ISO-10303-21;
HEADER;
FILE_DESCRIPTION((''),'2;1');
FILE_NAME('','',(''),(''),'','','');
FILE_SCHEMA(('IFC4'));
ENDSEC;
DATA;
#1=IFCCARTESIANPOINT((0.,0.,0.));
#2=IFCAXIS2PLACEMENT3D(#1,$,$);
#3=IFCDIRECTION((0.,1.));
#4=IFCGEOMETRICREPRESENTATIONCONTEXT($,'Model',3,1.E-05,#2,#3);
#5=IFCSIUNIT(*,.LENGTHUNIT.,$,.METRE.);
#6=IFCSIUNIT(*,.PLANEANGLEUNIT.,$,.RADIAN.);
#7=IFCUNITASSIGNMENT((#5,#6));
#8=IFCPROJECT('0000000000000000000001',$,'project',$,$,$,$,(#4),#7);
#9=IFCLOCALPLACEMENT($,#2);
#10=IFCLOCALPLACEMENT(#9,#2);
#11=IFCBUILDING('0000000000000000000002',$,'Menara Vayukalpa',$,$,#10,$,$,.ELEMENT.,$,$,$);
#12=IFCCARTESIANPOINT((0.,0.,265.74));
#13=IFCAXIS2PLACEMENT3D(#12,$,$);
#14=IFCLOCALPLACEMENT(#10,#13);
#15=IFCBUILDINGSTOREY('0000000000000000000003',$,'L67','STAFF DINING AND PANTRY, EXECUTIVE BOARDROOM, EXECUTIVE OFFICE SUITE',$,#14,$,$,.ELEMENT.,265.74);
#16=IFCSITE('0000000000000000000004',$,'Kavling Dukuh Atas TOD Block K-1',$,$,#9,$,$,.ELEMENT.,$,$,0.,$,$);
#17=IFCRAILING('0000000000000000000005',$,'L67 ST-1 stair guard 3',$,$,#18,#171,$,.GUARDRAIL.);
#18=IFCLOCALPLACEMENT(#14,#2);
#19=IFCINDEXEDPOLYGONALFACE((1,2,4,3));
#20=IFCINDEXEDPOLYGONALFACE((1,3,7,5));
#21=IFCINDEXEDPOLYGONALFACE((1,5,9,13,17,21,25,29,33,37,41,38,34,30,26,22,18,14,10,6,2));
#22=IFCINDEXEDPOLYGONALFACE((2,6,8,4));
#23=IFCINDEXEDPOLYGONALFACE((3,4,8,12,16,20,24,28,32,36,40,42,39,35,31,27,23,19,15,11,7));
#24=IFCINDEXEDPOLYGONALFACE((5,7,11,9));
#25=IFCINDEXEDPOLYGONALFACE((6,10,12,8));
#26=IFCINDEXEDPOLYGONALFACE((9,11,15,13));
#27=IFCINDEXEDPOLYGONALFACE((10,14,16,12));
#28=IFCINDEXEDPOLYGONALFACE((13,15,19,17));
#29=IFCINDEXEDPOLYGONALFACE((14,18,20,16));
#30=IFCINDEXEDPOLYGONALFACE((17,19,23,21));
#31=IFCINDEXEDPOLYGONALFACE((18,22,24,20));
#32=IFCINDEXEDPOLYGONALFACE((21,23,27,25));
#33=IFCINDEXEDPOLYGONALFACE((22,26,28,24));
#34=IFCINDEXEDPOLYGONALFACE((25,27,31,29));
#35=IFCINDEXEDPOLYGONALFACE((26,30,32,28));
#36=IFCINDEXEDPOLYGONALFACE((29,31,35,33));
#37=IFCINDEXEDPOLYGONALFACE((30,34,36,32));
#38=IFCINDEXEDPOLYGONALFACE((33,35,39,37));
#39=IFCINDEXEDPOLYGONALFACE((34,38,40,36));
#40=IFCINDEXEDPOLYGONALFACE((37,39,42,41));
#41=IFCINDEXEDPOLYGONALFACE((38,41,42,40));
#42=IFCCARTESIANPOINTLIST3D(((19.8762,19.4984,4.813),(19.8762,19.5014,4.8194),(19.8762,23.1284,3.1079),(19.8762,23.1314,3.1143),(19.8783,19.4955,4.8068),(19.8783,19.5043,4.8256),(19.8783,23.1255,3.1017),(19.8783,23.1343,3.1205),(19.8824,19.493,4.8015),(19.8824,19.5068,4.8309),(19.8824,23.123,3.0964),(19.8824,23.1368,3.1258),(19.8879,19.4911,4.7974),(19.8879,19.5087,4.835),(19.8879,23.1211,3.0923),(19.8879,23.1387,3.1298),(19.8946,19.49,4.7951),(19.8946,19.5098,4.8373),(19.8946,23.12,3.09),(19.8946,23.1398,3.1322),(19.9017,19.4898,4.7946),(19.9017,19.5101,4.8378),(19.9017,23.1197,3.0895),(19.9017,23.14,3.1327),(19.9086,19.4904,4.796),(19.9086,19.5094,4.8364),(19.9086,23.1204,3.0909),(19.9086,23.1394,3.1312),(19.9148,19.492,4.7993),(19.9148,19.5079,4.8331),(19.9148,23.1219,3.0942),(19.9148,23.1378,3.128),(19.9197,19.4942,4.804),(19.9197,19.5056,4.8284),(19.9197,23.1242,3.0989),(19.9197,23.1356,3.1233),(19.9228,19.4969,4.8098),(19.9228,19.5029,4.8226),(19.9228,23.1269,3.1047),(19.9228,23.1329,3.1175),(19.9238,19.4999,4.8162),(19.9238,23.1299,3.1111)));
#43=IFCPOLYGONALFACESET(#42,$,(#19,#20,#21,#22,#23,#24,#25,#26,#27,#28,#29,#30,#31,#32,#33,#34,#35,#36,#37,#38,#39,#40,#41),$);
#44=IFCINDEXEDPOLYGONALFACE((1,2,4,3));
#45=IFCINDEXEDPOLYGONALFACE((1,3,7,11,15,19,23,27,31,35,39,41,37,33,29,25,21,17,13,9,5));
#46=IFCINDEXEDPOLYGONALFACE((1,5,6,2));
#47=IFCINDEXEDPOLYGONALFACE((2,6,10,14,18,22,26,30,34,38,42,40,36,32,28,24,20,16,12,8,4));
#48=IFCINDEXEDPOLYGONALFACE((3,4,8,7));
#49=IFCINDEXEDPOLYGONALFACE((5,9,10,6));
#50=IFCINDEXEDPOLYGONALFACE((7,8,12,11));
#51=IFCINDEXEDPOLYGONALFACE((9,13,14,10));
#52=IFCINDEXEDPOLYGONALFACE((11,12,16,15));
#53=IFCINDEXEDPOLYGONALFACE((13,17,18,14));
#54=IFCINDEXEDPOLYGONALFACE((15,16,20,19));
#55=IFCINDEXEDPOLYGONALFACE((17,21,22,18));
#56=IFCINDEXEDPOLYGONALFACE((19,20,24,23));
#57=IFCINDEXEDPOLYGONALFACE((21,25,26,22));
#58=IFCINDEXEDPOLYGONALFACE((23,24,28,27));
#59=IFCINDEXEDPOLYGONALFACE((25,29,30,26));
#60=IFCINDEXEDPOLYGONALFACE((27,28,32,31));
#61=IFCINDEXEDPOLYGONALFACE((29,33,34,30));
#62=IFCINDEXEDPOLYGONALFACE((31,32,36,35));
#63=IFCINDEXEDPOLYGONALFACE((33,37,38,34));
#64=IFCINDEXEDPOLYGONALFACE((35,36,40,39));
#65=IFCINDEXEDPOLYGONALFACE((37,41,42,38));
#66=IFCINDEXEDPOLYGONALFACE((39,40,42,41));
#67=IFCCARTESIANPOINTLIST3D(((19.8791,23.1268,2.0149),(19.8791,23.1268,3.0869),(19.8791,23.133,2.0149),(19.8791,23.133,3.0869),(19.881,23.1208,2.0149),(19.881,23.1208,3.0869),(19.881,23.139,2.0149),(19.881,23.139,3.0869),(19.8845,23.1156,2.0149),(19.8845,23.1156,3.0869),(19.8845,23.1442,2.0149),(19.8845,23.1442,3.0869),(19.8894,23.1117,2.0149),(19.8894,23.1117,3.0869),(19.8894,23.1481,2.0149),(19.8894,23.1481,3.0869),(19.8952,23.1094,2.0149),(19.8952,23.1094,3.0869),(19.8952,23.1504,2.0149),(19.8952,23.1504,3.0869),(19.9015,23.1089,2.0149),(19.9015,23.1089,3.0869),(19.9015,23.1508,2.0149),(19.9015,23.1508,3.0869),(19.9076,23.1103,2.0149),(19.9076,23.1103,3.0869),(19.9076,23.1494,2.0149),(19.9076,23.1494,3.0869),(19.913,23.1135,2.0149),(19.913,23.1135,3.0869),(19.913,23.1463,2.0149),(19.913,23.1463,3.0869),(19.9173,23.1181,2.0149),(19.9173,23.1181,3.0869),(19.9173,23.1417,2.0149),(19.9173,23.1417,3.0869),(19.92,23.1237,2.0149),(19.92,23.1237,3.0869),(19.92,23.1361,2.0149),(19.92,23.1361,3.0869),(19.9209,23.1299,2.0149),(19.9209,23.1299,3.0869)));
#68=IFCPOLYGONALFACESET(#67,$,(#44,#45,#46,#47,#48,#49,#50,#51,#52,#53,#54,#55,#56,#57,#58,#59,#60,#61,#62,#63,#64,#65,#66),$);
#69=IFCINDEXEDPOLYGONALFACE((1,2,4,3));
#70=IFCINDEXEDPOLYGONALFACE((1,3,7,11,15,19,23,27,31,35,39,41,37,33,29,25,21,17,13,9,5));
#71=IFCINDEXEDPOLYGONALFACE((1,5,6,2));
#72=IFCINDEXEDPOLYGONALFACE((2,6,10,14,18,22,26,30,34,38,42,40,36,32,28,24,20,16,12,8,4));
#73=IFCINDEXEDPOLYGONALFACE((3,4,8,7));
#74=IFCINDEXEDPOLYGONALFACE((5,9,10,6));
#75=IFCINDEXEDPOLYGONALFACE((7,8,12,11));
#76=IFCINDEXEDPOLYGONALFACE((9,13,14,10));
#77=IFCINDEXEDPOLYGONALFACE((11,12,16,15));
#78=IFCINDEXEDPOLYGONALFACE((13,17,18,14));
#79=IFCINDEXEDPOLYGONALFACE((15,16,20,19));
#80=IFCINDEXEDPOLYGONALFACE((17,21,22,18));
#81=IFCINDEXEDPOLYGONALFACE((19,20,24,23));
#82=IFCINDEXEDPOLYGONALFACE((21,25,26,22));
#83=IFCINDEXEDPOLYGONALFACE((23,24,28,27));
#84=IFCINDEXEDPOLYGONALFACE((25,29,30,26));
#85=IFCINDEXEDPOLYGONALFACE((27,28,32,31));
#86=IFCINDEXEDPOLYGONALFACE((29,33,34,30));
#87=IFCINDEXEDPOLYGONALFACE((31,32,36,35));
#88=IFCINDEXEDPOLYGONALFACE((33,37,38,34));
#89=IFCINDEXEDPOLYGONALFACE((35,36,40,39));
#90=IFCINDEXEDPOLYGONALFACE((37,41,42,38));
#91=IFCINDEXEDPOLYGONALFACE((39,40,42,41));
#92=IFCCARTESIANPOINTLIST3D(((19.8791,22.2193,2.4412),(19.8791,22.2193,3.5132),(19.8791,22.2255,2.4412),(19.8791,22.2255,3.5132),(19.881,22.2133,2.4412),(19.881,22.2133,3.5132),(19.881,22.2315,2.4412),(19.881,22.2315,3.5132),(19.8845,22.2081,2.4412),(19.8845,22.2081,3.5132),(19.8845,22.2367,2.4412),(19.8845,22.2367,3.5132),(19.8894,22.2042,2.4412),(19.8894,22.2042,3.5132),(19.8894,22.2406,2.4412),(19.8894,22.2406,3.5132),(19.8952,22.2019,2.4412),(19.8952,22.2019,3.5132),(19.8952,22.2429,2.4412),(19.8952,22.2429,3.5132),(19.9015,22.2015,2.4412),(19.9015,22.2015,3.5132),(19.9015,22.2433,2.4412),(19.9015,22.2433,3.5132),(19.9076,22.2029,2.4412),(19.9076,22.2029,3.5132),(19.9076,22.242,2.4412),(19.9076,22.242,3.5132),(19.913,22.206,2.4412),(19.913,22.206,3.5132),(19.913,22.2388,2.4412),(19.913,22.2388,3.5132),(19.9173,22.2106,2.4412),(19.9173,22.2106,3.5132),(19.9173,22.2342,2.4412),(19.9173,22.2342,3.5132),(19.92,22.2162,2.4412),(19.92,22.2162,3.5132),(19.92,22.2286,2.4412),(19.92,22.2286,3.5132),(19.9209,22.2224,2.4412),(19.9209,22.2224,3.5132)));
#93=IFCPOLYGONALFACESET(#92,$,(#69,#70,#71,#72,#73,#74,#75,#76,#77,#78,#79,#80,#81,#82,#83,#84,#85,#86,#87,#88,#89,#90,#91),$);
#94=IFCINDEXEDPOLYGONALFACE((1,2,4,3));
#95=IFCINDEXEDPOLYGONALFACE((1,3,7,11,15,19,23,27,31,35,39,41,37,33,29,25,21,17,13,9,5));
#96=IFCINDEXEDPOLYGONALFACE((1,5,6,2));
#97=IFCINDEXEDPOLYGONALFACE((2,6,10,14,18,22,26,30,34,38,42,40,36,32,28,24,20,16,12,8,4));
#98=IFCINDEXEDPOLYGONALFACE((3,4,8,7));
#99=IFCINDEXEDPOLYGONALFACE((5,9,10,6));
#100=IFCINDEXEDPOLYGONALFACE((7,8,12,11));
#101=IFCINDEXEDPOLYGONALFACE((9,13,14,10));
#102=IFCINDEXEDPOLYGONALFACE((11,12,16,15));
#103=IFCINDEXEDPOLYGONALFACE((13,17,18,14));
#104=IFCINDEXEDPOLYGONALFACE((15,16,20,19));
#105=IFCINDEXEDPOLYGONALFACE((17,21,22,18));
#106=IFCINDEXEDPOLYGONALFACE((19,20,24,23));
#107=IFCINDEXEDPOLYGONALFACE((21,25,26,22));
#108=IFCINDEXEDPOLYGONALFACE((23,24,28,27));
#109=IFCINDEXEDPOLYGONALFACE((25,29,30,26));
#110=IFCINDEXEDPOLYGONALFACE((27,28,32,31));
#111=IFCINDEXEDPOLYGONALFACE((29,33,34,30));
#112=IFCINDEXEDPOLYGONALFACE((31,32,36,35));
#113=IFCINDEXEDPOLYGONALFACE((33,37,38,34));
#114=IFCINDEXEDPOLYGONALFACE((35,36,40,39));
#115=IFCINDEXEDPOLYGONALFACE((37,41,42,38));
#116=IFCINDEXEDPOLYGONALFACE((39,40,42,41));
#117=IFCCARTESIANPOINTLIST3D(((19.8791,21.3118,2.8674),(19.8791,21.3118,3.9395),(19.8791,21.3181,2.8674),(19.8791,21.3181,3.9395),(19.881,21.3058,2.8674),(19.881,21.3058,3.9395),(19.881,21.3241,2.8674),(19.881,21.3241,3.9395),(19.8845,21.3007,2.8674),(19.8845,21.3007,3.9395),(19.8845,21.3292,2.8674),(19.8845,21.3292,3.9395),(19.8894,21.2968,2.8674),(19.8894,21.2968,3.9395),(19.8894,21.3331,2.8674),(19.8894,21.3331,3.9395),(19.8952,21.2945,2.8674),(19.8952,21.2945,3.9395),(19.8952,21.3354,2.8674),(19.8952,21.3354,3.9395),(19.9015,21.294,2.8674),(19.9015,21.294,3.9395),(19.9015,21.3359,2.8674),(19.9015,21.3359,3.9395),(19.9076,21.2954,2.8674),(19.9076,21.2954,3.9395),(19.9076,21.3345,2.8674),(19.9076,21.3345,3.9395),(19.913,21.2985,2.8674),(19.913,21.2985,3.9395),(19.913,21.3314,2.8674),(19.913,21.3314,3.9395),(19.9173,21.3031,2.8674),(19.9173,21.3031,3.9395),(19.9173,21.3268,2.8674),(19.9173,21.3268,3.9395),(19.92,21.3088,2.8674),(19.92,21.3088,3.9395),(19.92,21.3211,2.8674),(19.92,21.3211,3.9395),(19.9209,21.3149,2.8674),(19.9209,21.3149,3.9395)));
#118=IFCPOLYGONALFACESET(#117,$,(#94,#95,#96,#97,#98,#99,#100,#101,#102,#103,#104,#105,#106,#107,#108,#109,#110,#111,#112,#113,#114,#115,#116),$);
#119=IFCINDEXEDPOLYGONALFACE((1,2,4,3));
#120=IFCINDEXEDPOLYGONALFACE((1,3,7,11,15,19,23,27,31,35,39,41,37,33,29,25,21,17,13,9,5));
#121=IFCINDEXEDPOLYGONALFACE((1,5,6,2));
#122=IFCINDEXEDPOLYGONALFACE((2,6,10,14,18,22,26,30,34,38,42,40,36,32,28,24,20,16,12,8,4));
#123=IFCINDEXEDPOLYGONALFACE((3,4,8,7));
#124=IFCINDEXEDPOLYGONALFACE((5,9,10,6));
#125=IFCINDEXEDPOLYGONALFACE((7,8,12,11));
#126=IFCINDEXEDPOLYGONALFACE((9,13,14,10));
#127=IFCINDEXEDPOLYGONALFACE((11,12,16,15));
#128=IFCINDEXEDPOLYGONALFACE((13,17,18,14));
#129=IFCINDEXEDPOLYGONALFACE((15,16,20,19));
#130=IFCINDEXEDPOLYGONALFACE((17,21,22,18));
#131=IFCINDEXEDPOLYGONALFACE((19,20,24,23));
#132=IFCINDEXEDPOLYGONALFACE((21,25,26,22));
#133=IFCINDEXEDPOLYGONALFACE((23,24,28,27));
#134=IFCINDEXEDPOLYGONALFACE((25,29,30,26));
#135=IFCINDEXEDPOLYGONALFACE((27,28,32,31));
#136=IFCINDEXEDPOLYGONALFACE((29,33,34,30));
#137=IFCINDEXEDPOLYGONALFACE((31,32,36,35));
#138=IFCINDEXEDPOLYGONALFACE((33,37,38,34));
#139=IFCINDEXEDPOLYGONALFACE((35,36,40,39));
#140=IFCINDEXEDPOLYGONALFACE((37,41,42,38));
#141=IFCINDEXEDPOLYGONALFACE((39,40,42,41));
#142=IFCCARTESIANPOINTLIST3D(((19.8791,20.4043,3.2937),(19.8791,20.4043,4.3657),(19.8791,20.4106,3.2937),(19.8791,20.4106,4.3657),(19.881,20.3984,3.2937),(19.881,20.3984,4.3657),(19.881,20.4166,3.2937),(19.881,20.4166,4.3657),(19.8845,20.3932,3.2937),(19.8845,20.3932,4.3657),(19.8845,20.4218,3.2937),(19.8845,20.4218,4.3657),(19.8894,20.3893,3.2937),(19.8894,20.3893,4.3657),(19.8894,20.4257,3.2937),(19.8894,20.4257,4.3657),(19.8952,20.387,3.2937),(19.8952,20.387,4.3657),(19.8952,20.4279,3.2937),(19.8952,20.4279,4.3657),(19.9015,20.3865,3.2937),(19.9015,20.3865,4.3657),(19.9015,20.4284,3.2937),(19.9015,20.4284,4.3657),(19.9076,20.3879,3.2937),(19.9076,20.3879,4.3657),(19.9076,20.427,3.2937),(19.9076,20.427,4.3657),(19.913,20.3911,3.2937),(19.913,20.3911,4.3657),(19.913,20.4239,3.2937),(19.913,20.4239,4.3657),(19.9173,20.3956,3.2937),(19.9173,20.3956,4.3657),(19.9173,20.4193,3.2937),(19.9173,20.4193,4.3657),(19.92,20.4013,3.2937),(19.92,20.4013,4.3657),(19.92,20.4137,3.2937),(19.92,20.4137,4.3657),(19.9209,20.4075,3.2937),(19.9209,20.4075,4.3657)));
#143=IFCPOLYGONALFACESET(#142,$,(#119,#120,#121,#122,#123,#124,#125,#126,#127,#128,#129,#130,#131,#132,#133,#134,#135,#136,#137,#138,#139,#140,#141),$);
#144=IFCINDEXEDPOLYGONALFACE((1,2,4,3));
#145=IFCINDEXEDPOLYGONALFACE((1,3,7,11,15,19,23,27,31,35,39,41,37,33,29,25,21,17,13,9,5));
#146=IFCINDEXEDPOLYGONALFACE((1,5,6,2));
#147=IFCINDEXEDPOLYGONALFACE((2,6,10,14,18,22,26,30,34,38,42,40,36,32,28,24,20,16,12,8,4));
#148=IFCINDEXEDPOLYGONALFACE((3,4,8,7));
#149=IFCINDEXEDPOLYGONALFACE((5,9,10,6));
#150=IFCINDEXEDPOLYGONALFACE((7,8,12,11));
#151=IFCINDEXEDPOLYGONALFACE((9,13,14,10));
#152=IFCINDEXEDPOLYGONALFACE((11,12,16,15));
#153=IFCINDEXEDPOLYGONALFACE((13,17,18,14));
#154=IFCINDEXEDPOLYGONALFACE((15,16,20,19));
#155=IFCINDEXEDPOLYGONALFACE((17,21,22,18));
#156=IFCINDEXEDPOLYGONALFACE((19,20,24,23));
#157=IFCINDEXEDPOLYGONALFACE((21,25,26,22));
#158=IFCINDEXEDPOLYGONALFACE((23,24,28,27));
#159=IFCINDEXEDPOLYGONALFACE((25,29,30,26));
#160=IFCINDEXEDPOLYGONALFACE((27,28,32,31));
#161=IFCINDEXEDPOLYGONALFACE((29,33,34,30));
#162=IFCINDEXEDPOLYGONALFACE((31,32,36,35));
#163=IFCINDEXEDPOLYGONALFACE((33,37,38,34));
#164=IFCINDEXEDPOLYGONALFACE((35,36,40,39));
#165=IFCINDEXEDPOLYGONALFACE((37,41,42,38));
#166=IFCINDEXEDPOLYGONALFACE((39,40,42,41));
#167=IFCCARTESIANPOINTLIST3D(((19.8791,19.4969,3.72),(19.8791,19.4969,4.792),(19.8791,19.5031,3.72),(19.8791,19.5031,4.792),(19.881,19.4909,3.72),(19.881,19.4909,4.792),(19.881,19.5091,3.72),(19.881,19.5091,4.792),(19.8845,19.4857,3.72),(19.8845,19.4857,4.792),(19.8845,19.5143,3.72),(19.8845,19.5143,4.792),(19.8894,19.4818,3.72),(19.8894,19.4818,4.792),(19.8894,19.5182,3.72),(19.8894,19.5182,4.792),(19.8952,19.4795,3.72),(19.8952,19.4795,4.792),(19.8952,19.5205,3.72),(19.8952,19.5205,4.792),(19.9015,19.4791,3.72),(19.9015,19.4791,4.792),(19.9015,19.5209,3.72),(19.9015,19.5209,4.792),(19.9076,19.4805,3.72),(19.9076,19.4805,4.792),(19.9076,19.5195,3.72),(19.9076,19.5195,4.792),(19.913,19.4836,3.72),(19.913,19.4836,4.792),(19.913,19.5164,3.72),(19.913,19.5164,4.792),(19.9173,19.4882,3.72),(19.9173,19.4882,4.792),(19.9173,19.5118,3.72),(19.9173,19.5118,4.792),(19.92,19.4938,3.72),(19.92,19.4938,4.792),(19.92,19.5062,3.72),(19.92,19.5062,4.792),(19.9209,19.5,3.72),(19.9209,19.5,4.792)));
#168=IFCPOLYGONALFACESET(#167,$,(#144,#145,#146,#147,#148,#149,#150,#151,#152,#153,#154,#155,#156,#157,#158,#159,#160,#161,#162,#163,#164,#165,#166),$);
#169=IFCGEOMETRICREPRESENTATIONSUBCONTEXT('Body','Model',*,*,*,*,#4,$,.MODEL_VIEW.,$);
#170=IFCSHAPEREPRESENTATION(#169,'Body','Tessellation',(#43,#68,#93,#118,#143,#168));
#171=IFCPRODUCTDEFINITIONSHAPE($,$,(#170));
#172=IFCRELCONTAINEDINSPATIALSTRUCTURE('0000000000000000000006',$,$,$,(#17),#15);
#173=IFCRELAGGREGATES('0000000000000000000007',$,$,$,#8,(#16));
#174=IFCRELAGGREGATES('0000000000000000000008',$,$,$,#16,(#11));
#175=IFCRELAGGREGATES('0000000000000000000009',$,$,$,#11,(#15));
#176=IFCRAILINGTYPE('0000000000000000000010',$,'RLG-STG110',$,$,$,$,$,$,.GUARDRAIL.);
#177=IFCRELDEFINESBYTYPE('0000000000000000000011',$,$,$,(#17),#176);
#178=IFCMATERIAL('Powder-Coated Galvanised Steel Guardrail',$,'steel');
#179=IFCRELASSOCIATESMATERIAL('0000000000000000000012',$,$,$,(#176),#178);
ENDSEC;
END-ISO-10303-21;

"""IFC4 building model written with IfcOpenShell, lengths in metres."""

from ifc_helpers import new_model, si_unit, direction, frame, origin, origin_2d, place, context, subcontext, project, spatial, circle, extrude, material, type_object, element, save


model = new_model("IFC4")

# Units and contexts
model_context = context("Model", 3, precision=1e-05, world=origin(), true_north=direction((0.0, 1.0)))
body_context = subcontext(model_context, "Body", "Model", "MODEL_VIEW")
ifc_project = project(units=[si_unit("LENGTHUNIT", "METRE"), si_unit("PLANEANGLEUNIT", "RADIAN")], contexts=[model_context])

# Site, building, storey
site_placement = place(None, origin())
site = spatial("IfcSite", under=ifc_project, at=site_placement, Name="Kavling Dukuh Atas TOD Block K-1", CompositionType="ELEMENT", RefElevation=0.0)
building_placement = place(site_placement, origin())
building = spatial("IfcBuilding", under=site, at=building_placement, Name="Menara Vayukalpa", CompositionType="ELEMENT")
storey_placement = place(building_placement, frame((0.0, 0.0, 265.74)))
storey = spatial("IfcBuildingStorey", under=building, at=storey_placement, Name="L67", Description="STAFF DINING AND PANTRY, EXECUTIVE BOARDROOM, EXECUTIVE OFFICE SUITE", CompositionType="ELEMENT", Elevation=265.74)

# Railing
ifc_material_1 = material(Name="Powder-Coated Galvanised Steel Guardrail", Category="steel")
railing_type_1 = type_object("IfcRailingType", Name="RLG-STG110", PredefinedType="GUARDRAIL", material=ifc_material_1)
railing_1_placement = place(storey_placement, frame((19.8999, 23.1299, 2.0149)))
element("IfcRailing", 1, at=railing_1_placement, inside=storey, type_object=railing_type_1, Name="L67 ST-1 stair guard 3", PredefinedType="GUARDRAIL", context=body_context, shape_type="SweptSolid", body=[
    extrude(circle(Radius=0.0239, at=origin_2d()), frame((0.0, 0.0, 1.0962), z_axis=(0.0, -0.905116, 0.425164), x_axis=(1.0, 0.0, 0.0)), (0.0, 0.0, 1.0), 4.0105),
    extrude(circle(Radius=0.021, at=origin_2d()), origin(), (0.0, 0.0, 1.0), 1.072),
    extrude(circle(Radius=0.021, at=origin_2d()), frame((0.0, -0.9075, 0.4263)), (0.0, 0.0, 1.0), 1.072),
    extrude(circle(Radius=0.021, at=origin_2d()), frame((0.0, -1.8149, 0.8525)), (0.0, 0.0, 1.0), 1.072),
    extrude(circle(Radius=0.021, at=origin_2d()), frame((0.0, -2.7224, 1.2788)), (0.0, 0.0, 1.0), 1.072),
    extrude(circle(Radius=0.021, at=origin_2d()), frame((0.0, -3.6299, 1.7051)), (0.0, 0.0, 1.0), 1.072),
])

save(model, "model.ifc")
